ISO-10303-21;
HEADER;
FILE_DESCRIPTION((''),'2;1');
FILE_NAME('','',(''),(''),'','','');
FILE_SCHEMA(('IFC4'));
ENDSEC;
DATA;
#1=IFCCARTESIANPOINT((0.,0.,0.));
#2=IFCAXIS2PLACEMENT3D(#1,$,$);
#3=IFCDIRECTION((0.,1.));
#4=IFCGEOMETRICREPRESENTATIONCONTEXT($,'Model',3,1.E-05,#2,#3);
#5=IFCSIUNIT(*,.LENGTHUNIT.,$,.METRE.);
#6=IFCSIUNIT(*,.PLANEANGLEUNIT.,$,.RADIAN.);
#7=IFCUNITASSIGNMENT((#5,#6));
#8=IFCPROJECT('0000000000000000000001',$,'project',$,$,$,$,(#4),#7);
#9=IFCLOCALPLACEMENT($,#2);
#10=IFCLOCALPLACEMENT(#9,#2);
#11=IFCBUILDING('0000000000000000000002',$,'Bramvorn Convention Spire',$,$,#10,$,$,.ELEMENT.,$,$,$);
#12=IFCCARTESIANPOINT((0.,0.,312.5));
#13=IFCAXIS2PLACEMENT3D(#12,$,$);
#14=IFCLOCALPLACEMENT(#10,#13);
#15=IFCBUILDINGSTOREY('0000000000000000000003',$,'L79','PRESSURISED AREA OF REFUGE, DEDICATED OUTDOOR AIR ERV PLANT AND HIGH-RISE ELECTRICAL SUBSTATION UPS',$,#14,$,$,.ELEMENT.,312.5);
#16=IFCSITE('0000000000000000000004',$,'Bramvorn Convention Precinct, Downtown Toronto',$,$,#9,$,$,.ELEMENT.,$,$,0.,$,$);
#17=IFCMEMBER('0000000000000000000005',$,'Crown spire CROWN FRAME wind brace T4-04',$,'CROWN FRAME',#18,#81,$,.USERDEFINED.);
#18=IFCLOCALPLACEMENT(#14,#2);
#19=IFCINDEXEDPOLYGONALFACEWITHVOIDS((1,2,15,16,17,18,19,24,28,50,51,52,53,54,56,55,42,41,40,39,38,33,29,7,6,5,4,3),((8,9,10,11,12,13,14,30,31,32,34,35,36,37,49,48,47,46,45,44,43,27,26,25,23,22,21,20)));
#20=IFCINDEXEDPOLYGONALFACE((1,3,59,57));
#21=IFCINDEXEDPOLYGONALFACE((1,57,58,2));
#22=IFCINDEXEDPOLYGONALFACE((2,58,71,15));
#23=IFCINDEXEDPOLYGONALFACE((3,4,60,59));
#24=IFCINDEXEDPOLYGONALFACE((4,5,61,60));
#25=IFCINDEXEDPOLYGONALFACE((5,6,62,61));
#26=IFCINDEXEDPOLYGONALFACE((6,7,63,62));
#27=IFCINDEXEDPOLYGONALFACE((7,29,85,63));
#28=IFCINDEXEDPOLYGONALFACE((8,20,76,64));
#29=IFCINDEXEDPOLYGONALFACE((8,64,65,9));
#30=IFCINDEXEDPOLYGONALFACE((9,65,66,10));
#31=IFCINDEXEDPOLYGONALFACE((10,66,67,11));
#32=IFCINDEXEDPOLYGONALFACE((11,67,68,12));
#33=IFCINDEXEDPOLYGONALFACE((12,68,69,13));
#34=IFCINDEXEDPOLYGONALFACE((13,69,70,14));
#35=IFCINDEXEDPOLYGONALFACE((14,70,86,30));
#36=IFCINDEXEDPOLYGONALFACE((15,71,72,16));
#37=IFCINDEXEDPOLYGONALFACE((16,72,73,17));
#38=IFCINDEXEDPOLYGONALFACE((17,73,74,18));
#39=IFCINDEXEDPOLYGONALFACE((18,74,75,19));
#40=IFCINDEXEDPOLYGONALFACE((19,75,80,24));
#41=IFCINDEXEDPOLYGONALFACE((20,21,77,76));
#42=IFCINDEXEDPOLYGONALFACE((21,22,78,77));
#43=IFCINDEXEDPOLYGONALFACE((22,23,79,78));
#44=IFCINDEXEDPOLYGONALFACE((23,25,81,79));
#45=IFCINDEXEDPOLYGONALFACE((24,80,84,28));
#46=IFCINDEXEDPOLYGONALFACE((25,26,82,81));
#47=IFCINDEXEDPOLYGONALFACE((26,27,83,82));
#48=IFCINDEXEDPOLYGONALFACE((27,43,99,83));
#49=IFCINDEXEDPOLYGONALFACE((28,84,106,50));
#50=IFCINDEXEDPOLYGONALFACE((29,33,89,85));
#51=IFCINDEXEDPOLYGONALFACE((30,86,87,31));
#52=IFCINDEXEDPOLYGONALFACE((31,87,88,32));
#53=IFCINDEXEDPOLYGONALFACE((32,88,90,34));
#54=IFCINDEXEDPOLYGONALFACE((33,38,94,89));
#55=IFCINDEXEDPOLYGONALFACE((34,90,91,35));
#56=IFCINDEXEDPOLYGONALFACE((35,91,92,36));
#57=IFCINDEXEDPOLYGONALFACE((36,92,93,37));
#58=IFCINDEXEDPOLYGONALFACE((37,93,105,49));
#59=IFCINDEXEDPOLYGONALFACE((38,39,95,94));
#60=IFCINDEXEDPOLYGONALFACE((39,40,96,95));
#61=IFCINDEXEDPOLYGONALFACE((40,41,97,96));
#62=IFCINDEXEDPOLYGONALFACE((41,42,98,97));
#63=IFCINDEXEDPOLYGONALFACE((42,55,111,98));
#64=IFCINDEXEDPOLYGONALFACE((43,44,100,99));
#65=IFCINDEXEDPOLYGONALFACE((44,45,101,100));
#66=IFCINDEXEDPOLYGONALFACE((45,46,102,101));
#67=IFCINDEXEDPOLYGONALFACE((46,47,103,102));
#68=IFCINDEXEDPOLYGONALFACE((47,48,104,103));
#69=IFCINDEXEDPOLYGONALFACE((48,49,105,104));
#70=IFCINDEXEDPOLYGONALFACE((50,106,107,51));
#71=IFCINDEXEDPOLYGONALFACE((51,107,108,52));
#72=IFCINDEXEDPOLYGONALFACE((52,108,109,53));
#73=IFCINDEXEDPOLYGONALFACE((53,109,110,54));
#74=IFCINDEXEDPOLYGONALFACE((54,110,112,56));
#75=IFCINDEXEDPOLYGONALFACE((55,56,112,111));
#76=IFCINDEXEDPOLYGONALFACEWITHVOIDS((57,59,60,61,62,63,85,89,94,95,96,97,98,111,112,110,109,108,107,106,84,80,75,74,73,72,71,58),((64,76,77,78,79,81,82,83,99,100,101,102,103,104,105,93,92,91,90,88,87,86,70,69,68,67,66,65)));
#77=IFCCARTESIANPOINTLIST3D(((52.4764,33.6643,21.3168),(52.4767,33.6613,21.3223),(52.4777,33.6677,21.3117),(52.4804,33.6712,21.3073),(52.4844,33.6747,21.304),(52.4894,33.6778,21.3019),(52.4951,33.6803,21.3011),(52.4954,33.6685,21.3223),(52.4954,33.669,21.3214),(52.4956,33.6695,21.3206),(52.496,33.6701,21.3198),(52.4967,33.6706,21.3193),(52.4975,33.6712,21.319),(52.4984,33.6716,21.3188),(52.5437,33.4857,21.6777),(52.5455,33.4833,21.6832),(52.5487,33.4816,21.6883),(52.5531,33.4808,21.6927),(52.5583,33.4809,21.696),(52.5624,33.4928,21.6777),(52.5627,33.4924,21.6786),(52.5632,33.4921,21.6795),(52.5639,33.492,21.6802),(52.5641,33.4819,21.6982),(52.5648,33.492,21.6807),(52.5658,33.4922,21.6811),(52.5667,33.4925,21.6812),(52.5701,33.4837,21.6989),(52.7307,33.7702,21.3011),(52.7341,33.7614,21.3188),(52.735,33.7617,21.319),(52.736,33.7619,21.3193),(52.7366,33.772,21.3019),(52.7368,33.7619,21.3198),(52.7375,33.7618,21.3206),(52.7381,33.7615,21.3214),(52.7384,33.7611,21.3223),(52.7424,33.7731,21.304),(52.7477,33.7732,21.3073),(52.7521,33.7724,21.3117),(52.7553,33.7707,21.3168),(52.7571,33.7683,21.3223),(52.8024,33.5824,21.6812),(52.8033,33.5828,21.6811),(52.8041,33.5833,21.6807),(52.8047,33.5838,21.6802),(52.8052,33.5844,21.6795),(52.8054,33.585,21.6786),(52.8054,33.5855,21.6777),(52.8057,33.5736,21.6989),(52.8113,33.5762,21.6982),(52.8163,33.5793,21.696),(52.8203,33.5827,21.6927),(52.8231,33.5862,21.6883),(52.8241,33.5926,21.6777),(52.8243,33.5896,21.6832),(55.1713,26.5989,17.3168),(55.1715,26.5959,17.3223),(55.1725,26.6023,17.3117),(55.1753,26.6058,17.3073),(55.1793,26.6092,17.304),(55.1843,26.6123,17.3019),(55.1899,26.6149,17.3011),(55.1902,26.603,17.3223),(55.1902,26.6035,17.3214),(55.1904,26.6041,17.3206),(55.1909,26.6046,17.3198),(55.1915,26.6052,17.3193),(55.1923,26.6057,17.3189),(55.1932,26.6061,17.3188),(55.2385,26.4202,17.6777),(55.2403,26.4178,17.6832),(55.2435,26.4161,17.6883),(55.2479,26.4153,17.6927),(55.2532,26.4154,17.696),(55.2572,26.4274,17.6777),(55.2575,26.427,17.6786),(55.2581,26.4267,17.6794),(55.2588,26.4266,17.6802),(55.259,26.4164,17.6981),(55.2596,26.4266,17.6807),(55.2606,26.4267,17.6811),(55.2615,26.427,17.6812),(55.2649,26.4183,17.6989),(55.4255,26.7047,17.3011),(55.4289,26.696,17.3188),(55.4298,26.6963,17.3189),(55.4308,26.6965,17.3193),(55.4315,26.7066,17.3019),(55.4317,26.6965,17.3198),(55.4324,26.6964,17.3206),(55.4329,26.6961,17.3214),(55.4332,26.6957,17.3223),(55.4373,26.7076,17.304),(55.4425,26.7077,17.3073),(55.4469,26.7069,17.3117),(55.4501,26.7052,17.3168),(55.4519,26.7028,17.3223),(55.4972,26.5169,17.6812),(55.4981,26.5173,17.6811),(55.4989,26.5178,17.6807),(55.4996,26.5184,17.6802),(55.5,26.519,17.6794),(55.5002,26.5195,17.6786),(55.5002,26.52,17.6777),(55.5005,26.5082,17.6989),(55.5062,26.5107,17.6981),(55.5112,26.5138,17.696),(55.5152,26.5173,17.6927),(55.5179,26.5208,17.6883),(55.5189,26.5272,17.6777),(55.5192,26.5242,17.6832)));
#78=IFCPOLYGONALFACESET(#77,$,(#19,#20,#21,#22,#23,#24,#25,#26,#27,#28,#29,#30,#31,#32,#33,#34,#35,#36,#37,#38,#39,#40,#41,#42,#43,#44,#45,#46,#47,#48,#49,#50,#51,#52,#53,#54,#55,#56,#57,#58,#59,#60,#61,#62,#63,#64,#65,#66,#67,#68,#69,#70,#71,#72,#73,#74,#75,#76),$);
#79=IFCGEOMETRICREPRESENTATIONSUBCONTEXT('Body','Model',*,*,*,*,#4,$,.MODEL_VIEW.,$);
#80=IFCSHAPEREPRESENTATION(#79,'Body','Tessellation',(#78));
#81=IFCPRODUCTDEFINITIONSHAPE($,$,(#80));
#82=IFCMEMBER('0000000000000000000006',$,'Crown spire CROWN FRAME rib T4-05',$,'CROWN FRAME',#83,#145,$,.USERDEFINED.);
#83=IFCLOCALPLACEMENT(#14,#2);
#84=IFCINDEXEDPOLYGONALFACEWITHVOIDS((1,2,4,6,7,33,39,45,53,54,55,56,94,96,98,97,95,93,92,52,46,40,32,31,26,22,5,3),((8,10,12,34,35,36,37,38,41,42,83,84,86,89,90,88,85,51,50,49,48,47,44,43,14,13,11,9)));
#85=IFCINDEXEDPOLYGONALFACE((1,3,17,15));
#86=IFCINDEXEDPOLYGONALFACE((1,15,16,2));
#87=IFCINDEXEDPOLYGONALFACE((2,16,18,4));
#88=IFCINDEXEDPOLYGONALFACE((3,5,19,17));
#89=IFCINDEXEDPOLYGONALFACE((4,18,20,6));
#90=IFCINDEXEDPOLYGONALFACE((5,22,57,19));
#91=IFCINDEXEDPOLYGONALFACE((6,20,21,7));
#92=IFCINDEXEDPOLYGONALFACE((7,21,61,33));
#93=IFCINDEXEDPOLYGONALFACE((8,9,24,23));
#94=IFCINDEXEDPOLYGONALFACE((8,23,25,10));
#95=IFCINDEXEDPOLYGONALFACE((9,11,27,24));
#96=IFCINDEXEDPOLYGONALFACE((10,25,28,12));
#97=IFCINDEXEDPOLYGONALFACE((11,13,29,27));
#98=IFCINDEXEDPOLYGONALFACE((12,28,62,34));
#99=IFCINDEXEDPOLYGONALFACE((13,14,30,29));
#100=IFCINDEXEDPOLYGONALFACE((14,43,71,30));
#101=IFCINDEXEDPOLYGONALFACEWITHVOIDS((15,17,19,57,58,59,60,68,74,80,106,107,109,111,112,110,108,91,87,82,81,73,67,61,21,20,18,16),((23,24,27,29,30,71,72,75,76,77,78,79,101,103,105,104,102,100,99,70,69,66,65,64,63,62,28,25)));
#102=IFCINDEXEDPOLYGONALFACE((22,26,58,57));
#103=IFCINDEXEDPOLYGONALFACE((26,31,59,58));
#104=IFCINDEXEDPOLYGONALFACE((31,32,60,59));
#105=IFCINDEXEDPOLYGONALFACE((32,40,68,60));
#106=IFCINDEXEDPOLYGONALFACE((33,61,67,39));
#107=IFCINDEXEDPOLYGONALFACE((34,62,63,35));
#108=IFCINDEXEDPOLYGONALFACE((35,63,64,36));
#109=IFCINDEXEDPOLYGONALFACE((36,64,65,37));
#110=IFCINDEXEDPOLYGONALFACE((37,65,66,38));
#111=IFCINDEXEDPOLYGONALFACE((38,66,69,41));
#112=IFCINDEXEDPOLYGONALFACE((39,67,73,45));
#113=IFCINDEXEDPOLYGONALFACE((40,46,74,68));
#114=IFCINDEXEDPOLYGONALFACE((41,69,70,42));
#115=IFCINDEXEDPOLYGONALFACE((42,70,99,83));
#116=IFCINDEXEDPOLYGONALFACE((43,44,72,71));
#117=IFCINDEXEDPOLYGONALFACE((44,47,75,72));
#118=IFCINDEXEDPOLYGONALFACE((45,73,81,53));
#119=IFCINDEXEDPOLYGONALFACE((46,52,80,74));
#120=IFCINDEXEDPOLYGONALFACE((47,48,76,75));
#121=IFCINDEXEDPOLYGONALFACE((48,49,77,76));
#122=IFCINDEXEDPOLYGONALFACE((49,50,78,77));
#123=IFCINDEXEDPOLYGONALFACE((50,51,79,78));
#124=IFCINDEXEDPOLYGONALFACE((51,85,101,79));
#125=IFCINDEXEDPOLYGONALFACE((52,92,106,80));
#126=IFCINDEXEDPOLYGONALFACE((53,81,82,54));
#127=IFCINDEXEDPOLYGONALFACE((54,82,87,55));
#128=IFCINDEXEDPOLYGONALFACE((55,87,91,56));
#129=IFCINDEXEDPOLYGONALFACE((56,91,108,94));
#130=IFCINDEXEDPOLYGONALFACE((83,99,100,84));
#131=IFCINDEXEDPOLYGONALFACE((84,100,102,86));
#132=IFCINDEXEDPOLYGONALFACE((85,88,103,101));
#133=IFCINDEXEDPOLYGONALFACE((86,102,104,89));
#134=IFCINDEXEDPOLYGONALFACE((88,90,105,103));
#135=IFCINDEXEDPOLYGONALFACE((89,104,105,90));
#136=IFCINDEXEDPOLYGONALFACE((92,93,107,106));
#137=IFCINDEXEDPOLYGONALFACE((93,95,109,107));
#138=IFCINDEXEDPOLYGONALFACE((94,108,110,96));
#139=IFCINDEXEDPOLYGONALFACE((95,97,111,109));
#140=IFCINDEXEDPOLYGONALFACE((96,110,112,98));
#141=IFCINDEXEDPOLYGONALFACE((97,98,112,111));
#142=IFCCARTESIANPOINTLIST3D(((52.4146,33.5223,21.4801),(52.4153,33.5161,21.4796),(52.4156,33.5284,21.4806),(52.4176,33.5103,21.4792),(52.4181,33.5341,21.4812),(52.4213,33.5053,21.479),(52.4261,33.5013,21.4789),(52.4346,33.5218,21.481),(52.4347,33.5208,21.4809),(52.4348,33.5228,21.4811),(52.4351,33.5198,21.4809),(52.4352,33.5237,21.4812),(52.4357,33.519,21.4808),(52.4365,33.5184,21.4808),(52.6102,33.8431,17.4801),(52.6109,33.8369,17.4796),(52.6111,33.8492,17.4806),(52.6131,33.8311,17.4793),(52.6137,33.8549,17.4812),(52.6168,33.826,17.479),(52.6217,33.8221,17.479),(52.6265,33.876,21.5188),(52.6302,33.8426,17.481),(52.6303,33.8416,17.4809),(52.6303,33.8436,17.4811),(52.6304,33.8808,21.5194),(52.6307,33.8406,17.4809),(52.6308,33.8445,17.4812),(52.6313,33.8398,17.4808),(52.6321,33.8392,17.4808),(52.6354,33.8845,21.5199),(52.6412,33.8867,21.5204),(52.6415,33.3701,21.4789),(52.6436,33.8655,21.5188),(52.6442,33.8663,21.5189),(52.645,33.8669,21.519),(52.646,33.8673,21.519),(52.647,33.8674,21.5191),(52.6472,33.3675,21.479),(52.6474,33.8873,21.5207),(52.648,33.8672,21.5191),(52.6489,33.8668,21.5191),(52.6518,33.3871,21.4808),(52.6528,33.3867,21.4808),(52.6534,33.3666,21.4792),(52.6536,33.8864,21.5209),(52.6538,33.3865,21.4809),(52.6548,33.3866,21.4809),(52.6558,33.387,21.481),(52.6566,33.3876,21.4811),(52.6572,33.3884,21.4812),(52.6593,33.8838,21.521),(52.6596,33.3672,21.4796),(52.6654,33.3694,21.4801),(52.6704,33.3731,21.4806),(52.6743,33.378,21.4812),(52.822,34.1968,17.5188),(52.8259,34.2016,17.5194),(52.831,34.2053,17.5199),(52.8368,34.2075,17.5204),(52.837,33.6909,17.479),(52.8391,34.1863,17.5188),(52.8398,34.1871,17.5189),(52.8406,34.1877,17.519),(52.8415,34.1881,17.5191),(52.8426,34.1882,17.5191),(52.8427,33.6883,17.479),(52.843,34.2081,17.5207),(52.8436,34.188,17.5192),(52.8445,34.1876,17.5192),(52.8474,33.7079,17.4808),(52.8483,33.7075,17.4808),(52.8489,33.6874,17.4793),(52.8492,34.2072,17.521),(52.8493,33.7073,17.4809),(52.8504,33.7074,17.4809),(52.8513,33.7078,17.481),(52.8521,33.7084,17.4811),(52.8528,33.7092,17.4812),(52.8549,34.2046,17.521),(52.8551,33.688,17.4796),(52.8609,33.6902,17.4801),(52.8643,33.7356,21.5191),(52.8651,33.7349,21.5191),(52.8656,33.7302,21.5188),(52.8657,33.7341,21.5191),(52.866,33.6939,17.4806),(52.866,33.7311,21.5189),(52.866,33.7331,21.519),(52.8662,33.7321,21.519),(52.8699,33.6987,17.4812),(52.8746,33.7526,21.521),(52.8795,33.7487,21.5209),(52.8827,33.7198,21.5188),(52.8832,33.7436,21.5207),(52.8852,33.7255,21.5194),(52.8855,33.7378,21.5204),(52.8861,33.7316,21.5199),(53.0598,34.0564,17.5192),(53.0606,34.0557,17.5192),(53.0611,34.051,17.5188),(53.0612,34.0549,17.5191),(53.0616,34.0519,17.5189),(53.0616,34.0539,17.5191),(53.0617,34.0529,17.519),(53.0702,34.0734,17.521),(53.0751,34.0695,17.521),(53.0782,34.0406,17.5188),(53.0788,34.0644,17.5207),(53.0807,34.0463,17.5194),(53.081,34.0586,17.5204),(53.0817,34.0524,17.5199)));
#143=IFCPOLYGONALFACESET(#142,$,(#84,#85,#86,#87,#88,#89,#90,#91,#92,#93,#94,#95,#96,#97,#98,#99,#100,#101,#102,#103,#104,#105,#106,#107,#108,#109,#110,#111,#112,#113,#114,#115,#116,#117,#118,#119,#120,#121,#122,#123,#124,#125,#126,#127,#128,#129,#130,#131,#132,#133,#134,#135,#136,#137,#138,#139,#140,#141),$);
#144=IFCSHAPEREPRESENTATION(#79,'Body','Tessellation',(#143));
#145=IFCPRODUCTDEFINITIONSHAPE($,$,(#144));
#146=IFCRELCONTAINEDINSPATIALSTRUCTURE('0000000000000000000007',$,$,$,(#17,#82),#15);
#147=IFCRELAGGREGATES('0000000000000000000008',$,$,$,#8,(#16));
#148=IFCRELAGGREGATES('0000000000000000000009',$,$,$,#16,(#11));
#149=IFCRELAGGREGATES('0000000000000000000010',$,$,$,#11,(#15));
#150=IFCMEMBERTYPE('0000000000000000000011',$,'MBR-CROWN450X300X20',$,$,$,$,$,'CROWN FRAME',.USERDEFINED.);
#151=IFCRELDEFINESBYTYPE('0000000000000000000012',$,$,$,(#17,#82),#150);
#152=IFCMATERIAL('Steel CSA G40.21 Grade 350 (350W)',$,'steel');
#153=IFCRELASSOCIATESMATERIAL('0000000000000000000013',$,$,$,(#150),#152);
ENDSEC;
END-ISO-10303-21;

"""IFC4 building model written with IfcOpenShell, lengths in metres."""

from ifc_helpers import new_model, si_unit, direction, frame, origin, origin_2d, place, context, subcontext, project, spatial, hollow_rectangle, extrude, material, material_profile, profile_set, type_object, element, save


model = new_model("IFC4")

# Units and contexts
model_context = context("Model", 3, precision=1e-05, world=origin(), true_north=direction((0.0, 1.0)))
body_context = subcontext(model_context, "Body", "Model", "MODEL_VIEW")
ifc_project = project(units=[si_unit("LENGTHUNIT", "METRE"), si_unit("PLANEANGLEUNIT", "RADIAN")], contexts=[model_context])

# Site, building, storey
site_placement = place(None, origin())
site = spatial("IfcSite", under=ifc_project, at=site_placement, Name="Bramvorn Convention Precinct, Downtown Toronto", CompositionType="ELEMENT", RefElevation=0.0)
building_placement = place(site_placement, origin())
building = spatial("IfcBuilding", under=site, at=building_placement, Name="Bramvorn Convention Spire", CompositionType="ELEMENT")
storey_placement = place(building_placement, frame((0.0, 0.0, 312.5)))
storey = spatial("IfcBuildingStorey", under=building, at=storey_placement, Name="L79", Description="PRESSURISED AREA OF REFUGE, DEDICATED OUTDOOR AIR ERV PLANT AND HIGH-RISE ELECTRICAL SUBSTATION UPS", CompositionType="ELEMENT", Elevation=312.5)

# Members
ifc_material_1 = material(Name="Steel CSA G40.21 Grade 350 (350W)", Category="steel")
ifc_material_profile_1 = material_profile(ifc_material_1, hollow_rectangle(XDim=0.3, YDim=0.45, WallThickness=0.02, InnerFilletRadius=0.0039, OuterFilletRadius=0.0239, at=origin_2d()))
ifc_profile_set_1 = profile_set([ifc_material_profile_1], Name="Steel CSA G40.21 Grade 350 (350W) - CROWN450X300X20")
member_type_1 = type_object("IfcMemberType", Name="MBR-CROWN450X300X20", ElementType="CROWN FRAME", PredefinedType="USERDEFINED", material=ifc_profile_set_1)
member_1_placement = place(storey_placement, frame((55.3452, 26.5615, 17.5), z_axis=(-0.315012, 0.825915, 0.467581), x_axis=(-0.934345, -0.356369, 0.0)))
element("IfcMember", 1, at=member_1_placement, inside=storey, type_object=member_type_1, Name="Crown spire CROWN FRAME wind brace T4-04", ObjectType="CROWN FRAME", PredefinedType="USERDEFINED", context=body_context, shape_type="SweptSolid", body=[
    extrude(hollow_rectangle(XDim=0.3, YDim=0.45, WallThickness=0.02, InnerFilletRadius=0.0039, OuterFilletRadius=0.0239, at=origin_2d()), origin(), (0.0, 0.0, 1.0), 8.5547),
])
member_2_placement = place(storey_placement, frame((52.8459, 33.9478, 17.5), z_axis=(-0.048675, -0.079849, 0.995618), x_axis=(0.85386, -0.520503, 0.0)))
element("IfcMember", 2, at=member_2_placement, inside=storey, type_object=member_type_1, Name="Crown spire CROWN FRAME rib T4-05", ObjectType="CROWN FRAME", PredefinedType="USERDEFINED", context=body_context, shape_type="SweptSolid", body=[
    extrude(hollow_rectangle(XDim=0.3, YDim=0.45, WallThickness=0.02, InnerFilletRadius=0.0039, OuterFilletRadius=0.0239, at=origin_2d()), origin(), (0.0, 0.0, 1.0), 4.0176),
])

save(model, "model.ifc")
